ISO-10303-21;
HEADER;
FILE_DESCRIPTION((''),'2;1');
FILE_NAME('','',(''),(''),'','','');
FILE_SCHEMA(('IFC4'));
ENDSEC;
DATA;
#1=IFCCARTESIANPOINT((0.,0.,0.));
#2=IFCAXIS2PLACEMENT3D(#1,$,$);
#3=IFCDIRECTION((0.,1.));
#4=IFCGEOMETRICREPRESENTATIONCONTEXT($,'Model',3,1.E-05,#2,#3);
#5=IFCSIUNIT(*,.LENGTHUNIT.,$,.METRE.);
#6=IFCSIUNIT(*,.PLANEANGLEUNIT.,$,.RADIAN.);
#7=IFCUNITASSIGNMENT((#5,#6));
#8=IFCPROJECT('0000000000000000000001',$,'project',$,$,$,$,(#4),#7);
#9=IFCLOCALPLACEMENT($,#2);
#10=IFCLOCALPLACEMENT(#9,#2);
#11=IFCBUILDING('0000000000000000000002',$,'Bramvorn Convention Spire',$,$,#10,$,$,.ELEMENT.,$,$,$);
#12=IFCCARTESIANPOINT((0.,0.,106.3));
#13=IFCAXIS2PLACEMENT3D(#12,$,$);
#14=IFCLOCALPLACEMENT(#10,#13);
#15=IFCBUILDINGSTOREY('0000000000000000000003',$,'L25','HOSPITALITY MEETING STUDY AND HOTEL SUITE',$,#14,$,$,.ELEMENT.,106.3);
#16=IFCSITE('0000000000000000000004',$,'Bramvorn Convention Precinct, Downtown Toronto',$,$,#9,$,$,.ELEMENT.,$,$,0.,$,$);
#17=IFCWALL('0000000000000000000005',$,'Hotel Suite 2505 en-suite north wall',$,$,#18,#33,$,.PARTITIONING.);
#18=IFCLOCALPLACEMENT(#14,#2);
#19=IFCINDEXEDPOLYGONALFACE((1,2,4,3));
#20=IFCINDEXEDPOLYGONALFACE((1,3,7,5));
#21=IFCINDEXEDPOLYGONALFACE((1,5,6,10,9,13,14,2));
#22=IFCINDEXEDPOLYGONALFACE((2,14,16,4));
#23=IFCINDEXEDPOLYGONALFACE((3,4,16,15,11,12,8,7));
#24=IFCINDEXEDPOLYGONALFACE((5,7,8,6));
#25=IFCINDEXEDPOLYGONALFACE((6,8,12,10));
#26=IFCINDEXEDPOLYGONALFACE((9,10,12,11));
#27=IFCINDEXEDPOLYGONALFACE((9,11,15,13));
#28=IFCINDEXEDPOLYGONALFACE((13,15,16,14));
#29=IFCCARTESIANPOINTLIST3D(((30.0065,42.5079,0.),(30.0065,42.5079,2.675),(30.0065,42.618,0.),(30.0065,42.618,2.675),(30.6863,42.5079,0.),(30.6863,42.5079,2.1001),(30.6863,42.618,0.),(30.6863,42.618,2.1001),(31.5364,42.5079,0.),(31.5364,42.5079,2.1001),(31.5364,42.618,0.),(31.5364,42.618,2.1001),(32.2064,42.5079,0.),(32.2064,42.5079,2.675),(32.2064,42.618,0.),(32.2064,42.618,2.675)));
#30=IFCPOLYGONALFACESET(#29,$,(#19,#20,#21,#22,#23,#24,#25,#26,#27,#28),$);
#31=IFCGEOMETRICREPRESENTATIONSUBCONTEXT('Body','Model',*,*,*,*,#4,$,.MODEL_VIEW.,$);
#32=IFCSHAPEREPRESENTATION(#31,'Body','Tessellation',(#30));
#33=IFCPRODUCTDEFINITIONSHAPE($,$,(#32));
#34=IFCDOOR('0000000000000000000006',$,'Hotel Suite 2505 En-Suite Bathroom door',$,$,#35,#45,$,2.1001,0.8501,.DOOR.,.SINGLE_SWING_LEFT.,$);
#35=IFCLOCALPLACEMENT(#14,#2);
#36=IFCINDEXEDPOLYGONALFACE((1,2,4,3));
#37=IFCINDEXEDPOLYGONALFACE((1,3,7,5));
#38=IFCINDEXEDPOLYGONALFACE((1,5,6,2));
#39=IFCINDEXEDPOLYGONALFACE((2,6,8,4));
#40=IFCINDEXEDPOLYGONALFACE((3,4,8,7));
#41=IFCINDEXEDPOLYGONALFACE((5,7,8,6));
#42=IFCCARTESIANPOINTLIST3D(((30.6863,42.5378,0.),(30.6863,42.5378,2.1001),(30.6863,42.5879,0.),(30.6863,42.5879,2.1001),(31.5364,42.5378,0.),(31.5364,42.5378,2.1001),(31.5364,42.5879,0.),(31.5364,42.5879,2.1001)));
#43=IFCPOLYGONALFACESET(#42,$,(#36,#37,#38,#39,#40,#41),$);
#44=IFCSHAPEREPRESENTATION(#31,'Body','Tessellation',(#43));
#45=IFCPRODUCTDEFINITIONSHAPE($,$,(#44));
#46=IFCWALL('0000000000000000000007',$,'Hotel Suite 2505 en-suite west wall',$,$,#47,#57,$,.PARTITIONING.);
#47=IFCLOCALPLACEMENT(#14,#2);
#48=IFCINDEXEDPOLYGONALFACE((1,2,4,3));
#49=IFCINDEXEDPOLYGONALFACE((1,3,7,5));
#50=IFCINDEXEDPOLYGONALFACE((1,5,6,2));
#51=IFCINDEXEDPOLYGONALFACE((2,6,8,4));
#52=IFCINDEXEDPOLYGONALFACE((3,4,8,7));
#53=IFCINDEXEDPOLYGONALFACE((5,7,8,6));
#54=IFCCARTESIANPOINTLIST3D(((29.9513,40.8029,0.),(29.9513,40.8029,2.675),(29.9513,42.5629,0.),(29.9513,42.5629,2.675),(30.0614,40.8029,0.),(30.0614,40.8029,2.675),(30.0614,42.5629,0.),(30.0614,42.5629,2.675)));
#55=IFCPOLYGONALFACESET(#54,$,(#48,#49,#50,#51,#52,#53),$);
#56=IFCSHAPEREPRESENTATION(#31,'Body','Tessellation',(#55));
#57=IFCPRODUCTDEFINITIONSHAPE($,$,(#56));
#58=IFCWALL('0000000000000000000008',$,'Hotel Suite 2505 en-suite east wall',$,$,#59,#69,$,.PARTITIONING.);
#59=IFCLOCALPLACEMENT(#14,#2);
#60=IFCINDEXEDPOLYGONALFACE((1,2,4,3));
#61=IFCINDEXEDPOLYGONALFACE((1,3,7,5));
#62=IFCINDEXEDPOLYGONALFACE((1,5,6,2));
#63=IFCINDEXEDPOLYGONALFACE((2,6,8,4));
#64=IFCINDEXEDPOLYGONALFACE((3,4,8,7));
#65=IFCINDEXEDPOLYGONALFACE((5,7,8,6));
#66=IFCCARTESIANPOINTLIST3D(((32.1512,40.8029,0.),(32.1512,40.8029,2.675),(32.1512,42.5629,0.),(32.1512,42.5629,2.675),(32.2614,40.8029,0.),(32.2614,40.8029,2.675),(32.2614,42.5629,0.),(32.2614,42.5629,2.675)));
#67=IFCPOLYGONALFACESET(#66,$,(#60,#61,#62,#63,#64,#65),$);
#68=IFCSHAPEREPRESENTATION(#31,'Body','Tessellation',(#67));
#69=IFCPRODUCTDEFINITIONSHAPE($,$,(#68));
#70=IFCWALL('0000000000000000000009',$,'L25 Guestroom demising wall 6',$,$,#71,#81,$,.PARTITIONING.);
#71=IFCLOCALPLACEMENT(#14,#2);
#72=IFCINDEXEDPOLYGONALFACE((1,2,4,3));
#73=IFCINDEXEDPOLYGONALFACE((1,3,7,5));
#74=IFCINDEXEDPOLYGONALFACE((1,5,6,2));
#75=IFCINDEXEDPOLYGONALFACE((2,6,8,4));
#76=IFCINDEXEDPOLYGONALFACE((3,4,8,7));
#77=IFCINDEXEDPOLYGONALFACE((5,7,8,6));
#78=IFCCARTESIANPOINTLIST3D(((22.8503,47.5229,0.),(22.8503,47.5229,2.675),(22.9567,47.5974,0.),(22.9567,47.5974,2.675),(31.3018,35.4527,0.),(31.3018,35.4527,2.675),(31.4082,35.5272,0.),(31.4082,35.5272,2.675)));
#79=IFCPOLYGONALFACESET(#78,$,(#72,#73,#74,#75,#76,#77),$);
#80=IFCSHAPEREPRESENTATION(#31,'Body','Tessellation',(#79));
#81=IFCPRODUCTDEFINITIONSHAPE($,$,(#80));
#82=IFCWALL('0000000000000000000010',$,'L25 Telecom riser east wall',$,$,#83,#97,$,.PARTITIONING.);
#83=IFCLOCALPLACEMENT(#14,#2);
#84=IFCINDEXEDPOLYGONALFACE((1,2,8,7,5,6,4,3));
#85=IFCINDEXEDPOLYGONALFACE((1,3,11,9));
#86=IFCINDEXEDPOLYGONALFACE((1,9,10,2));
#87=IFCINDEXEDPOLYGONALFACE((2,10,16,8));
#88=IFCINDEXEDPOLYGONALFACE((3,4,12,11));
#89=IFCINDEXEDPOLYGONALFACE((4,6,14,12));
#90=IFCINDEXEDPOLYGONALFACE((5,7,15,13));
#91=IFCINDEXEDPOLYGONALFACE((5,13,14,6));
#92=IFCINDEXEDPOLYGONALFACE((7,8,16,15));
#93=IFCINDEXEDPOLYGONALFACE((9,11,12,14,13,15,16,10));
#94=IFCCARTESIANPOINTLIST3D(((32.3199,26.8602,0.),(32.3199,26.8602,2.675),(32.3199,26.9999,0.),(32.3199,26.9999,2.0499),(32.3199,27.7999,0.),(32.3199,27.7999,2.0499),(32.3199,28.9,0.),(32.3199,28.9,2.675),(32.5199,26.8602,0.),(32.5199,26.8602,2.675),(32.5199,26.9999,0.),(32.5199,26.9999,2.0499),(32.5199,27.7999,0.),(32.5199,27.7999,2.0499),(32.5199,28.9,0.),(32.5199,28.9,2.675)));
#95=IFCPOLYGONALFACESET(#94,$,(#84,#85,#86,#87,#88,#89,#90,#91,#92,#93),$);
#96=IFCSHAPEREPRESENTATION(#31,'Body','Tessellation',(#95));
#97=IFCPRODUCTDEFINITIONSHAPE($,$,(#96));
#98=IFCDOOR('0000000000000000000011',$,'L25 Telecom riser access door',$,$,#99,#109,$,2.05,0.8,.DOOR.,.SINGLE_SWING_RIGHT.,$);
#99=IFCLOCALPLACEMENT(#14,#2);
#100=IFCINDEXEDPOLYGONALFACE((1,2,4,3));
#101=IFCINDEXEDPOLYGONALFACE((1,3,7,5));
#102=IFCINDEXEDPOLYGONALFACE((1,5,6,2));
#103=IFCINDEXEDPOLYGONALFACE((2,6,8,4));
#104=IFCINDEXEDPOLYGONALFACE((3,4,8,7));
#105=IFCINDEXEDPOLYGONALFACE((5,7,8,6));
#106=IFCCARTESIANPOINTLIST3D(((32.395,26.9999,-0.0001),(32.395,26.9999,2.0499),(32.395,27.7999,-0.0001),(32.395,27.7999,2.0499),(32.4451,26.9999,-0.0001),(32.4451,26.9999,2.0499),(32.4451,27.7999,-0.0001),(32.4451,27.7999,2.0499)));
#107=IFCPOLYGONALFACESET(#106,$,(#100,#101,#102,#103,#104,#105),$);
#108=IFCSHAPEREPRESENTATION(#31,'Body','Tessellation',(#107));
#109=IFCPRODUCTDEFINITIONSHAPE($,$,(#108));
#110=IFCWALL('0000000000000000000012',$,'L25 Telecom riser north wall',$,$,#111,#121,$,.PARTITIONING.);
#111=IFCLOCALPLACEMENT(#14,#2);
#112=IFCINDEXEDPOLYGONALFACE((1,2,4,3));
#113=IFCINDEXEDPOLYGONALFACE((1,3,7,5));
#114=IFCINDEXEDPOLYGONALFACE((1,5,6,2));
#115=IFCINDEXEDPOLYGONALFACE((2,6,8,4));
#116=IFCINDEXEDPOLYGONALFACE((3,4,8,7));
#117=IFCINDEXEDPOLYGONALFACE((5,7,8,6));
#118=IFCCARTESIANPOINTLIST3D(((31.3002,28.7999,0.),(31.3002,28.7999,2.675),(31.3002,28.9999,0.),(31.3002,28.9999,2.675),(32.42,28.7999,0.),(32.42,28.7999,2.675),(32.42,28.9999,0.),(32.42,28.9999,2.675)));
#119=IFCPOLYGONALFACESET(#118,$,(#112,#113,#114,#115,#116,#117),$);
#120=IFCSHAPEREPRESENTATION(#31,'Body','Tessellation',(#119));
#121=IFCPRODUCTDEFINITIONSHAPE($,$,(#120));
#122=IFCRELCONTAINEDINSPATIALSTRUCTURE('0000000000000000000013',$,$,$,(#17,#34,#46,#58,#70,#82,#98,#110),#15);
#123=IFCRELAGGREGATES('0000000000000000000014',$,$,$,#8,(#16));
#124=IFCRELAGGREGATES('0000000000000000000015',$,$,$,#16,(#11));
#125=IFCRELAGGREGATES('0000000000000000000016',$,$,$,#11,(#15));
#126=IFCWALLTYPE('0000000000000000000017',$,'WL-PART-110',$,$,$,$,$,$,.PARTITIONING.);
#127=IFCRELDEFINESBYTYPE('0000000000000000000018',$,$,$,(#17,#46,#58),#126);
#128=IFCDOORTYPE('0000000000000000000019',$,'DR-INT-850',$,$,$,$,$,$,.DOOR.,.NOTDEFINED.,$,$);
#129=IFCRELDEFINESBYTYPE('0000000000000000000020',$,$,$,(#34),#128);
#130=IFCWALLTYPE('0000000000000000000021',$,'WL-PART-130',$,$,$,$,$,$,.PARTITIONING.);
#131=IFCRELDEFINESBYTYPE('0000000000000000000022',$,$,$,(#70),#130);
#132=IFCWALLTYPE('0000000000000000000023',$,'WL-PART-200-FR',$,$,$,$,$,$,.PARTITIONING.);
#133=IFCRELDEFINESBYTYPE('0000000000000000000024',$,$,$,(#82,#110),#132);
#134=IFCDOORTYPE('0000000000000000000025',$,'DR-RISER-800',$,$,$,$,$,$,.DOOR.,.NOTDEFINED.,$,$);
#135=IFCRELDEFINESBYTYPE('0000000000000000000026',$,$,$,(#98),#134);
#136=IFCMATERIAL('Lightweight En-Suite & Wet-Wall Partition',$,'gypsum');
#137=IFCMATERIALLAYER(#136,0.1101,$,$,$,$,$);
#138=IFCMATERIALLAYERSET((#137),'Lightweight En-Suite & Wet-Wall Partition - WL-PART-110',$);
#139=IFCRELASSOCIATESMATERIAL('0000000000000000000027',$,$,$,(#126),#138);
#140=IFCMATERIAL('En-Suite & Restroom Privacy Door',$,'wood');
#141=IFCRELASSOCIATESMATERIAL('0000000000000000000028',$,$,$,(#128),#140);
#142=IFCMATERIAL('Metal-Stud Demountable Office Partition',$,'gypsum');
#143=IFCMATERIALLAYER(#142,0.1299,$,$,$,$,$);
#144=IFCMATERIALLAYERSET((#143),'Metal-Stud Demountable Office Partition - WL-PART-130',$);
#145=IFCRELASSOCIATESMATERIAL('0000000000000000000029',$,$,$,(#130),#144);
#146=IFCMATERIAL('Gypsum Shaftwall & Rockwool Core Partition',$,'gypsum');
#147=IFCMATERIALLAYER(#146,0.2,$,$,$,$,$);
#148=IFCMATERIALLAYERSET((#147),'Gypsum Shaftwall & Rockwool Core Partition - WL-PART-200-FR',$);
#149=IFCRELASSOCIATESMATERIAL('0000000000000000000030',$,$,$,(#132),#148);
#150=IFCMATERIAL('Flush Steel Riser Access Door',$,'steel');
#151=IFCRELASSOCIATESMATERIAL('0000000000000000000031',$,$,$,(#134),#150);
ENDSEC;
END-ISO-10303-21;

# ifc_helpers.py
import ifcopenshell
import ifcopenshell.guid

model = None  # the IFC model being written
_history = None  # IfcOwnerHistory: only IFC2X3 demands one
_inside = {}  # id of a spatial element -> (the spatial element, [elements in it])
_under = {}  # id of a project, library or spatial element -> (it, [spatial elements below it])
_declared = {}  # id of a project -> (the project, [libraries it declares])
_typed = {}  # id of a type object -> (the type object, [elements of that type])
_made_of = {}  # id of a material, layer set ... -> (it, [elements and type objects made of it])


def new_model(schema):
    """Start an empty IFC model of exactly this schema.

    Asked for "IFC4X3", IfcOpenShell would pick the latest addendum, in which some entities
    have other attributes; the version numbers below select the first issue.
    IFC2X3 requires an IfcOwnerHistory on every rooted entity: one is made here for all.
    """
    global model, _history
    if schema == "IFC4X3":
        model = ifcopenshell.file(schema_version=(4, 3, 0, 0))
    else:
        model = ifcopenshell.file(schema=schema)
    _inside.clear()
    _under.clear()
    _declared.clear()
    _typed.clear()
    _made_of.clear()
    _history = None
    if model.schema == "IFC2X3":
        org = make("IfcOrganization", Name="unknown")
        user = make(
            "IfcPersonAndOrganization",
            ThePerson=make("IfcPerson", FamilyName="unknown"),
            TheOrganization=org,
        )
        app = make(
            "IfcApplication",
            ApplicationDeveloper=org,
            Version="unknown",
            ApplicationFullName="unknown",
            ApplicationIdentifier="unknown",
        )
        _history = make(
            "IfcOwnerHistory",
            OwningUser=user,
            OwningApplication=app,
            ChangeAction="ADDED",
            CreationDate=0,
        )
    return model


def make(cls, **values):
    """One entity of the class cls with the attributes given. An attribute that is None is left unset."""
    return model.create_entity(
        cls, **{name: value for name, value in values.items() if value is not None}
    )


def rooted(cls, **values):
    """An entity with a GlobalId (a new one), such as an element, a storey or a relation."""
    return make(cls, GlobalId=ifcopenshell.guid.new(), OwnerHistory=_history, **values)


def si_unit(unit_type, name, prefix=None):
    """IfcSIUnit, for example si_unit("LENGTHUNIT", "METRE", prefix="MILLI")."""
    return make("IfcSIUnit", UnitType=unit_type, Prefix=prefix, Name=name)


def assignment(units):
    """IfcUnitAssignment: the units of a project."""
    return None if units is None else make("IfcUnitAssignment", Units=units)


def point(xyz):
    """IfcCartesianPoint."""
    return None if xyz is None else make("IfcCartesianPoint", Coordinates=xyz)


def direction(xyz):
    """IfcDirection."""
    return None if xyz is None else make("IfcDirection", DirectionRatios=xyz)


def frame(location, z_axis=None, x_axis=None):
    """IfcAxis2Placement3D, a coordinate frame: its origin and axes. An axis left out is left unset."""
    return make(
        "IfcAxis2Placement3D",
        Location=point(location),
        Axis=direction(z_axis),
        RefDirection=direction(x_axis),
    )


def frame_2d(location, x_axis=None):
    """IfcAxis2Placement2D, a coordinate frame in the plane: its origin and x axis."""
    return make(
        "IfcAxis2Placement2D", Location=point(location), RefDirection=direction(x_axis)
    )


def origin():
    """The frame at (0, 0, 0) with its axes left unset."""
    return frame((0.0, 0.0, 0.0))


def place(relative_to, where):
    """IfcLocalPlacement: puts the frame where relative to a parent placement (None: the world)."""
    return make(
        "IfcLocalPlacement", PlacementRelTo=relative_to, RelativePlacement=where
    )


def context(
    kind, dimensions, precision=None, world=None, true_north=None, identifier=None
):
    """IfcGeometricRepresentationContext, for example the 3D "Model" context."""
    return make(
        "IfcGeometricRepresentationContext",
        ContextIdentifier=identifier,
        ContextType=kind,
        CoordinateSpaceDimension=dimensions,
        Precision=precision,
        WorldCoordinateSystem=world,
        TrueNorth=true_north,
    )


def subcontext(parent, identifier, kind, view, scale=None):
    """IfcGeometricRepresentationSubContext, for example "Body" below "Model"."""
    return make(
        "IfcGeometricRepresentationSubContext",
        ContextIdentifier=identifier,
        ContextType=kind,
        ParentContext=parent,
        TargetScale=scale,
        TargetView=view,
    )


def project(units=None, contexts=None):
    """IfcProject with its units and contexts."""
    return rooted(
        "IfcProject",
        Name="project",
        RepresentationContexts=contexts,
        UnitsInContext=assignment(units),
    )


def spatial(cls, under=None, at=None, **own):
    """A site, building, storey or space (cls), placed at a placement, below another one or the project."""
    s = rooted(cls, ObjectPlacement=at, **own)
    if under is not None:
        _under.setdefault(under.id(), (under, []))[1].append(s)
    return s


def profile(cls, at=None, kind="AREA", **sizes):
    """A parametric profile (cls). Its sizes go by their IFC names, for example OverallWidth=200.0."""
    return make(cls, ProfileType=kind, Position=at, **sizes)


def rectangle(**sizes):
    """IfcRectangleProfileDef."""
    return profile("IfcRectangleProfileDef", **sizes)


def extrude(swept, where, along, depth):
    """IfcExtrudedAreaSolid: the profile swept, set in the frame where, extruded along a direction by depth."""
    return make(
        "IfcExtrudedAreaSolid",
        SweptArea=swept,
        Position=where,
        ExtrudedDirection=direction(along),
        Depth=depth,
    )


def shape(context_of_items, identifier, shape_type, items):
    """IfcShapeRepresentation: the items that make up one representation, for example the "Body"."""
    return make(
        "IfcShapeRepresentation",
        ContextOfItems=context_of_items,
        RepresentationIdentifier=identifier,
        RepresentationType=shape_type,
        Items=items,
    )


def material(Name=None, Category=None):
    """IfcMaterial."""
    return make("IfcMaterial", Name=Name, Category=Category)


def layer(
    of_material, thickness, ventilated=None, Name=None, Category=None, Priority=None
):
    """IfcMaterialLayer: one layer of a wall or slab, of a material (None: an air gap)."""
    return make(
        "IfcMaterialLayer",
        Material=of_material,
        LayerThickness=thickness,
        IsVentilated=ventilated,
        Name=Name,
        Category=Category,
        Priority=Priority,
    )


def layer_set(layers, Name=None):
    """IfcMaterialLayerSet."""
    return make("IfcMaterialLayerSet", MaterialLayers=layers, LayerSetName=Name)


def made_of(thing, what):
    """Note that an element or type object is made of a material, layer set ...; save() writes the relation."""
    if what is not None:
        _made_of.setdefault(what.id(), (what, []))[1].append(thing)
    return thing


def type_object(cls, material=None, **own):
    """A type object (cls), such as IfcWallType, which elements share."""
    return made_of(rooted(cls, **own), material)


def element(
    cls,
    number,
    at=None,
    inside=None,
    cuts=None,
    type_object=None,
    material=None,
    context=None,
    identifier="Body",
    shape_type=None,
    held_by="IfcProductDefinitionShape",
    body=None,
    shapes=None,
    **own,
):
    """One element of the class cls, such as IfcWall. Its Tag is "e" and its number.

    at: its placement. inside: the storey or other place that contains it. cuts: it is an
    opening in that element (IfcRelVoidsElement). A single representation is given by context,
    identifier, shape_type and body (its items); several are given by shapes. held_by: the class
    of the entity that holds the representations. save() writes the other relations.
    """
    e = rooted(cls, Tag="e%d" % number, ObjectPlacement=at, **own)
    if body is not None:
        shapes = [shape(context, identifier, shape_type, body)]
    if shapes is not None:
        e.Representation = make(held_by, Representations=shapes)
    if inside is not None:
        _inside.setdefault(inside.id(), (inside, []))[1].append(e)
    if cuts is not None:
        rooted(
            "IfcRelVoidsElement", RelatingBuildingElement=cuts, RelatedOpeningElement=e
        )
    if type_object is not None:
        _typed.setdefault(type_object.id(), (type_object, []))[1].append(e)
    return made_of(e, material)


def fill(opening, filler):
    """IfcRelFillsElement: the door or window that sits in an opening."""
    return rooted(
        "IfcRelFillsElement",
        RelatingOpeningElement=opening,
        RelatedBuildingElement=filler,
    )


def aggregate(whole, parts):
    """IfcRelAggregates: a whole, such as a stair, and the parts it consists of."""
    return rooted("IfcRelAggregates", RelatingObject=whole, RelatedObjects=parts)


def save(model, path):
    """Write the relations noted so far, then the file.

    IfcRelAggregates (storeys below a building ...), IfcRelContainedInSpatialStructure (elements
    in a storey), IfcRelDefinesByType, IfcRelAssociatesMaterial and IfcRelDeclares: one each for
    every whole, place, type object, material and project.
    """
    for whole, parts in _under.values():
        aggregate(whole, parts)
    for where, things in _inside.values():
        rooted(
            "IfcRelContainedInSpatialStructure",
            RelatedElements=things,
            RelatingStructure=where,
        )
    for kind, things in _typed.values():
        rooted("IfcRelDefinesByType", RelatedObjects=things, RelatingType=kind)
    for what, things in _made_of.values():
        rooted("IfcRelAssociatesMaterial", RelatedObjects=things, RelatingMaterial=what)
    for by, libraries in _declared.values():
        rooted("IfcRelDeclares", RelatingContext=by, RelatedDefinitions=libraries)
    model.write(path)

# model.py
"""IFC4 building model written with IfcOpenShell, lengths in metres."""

from ifc_helpers import new_model, si_unit, direction, frame, frame_2d, origin, place, context, subcontext, project, spatial, rectangle, extrude, material, layer, layer_set, type_object, element, fill, save


model = new_model("IFC4")

# Units and contexts
model_context = context("Model", 3, precision=1e-05, world=origin(), true_north=direction((0.0, 1.0)))
body_context = subcontext(model_context, "Body", "Model", "MODEL_VIEW")
ifc_project = project(units=[si_unit("LENGTHUNIT", "METRE"), si_unit("PLANEANGLEUNIT", "RADIAN")], contexts=[model_context])

# Site, building, storey
site_placement = place(None, origin())
site = spatial("IfcSite", under=ifc_project, at=site_placement, Name="Bramvorn Convention Precinct, Downtown Toronto", CompositionType="ELEMENT", RefElevation=0.0)
building_placement = place(site_placement, origin())
building = spatial("IfcBuilding", under=site, at=building_placement, Name="Bramvorn Convention Spire", CompositionType="ELEMENT")
storey_placement = place(building_placement, frame((0.0, 0.0, 106.3)))
storey = spatial("IfcBuildingStorey", under=building, at=storey_placement, Name="L25", Description="HOSPITALITY MEETING STUDY AND HOTEL SUITE", CompositionType="ELEMENT", Elevation=106.3)

# Shared definitions
ifc_material_1 = material(Name="Lightweight En-Suite & Wet-Wall Partition", Category="gypsum")
ifc_layer_1 = layer(ifc_material_1, 0.1101)
ifc_layer_set_1 = layer_set([ifc_layer_1], Name="Lightweight En-Suite & Wet-Wall Partition - WL-PART-110")
wall_type_1 = type_object("IfcWallType", Name="WL-PART-110", PredefinedType="PARTITIONING", material=ifc_layer_set_1)

# Wall, opening, door
wall_1_placement = place(storey_placement, frame((30.0063, 42.563, 0.0), z_axis=(0.0, 0.0, 1.0), x_axis=(1.0, 0.0, 0.0)))
wall_1 = element("IfcWall", 1, at=wall_1_placement, inside=storey, type_object=wall_type_1, Name="Hotel Suite 2505 en-suite north wall", PredefinedType="PARTITIONING", context=body_context, shape_type="SweptSolid", body=[
    extrude(rectangle(XDim=2.2, YDim=0.1101, at=frame_2d((1.1001, 0.0))), origin(), (0.0, 0.0, 1.0), 2.675),
])
opening_1_placement = place(wall_1_placement, frame((0.6799, 0.0, 0.0)))
opening_1 = element("IfcOpeningElement", 2, at=opening_1_placement, cuts=wall_1, PredefinedType="OPENING", context=body_context, shape_type="SweptSolid", body=[
    extrude(rectangle(XDim=0.8501, YDim=2.1001, at=frame_2d((0.425, 1.05))), frame((0.0, 0.0649, 0.0), z_axis=(0.0, -1.0, 0.0), x_axis=(1.0, 0.0, 0.0)), (0.0, 0.0, 1.0), 0.1301),
])
ifc_material_2 = material(Name="En-Suite & Restroom Privacy Door", Category="wood")
door_type_1 = type_object("IfcDoorType", Name="DR-INT-850", OperationType="NOTDEFINED", PredefinedType="DOOR", material=ifc_material_2)
door_1_placement = place(opening_1_placement, origin())
door_1 = element("IfcDoor", 3, at=door_1_placement, inside=storey, type_object=door_type_1, Name="Hotel Suite 2505 En-Suite Bathroom door", OperationType="SINGLE_SWING_LEFT", OverallHeight=2.1001, OverallWidth=0.8501, PredefinedType="DOOR", context=body_context, shape_type="SweptSolid", body=[
    extrude(rectangle(XDim=0.8501, YDim=2.1001, at=frame_2d((0.425, 1.05))), frame((0.0, 0.0249, 0.0), z_axis=(0.0, -1.0, 0.0), x_axis=(1.0, 0.0, 0.0)), (0.0, 0.0, 1.0), 0.05),
])
fill(opening_1, door_1)

# Walls
for number, where, z_axis, x_axis, name in (
    (4, (30.0063, 40.803, 0.0), (0.0, 0.0, 1.0), (0.0, 1.0, 0.0), "Hotel Suite 2505 en-suite west wall"),
    (5, (32.2063, 40.803, 0.0), (0.0, 0.0, 1.0), (0.0, 1.0, 0.0), "Hotel Suite 2505 en-suite east wall"),
):
    element("IfcWall", number, at=place(storey_placement, frame(where, z_axis=z_axis, x_axis=x_axis)), inside=storey, type_object=wall_type_1, Name=name, PredefinedType="PARTITIONING", context=body_context, shape_type="SweptSolid", body=[
        extrude(rectangle(XDim=1.76, YDim=0.1101, at=frame_2d((0.8799, 0.0))), origin(), (0.0, 0.0, 1.0), 2.675),
    ])
ifc_material_3 = material(Name="Metal-Stud Demountable Office Partition", Category="gypsum")
ifc_layer_2 = layer(ifc_material_3, 0.1299)
ifc_layer_set_2 = layer_set([ifc_layer_2], Name="Metal-Stud Demountable Office Partition - WL-PART-130")
wall_type_2 = type_object("IfcWallType", Name="WL-PART-130", PredefinedType="PARTITIONING", material=ifc_layer_set_2)
wall_2_placement = place(storey_placement, frame((31.355, 35.49, 0.0), z_axis=(0.0, 0.0, 1.0), x_axis=(-0.57357, 0.819156, 0.0)))
element("IfcWall", 6, at=wall_2_placement, inside=storey, type_object=wall_type_2, Name="L25 Guestroom demising wall 6", PredefinedType="PARTITIONING", context=body_context, shape_type="SweptSolid", body=[
    extrude(rectangle(XDim=14.7349, YDim=0.1299, at=frame_2d((7.3674, 0.0))), origin(), (0.0, 0.0, 1.0), 2.675),
])

# Wall, opening, door
ifc_material_4 = material(Name="Gypsum Shaftwall & Rockwool Core Partition", Category="gypsum")
ifc_layer_3 = layer(ifc_material_4, 0.2)
ifc_layer_set_3 = layer_set([ifc_layer_3], Name="Gypsum Shaftwall & Rockwool Core Partition - WL-PART-200-FR")
wall_type_3 = type_object("IfcWallType", Name="WL-PART-200-FR", PredefinedType="PARTITIONING", material=ifc_layer_set_3)
wall_3_placement = place(storey_placement, frame((32.4199, 26.8601, 0.0), z_axis=(0.0, 0.0, 1.0), x_axis=(0.0, 1.0, 0.0)))
wall_3 = element("IfcWall", 7, at=wall_3_placement, inside=storey, type_object=wall_type_3, Name="L25 Telecom riser east wall", PredefinedType="PARTITIONING", context=body_context, shape_type="SweptSolid", body=[
    extrude(rectangle(XDim=2.0398, YDim=0.2, at=frame_2d((1.02, 0.0))), origin(), (0.0, 0.0, 1.0), 2.675),
])
opening_2_placement = place(wall_3_placement, frame((0.1399, 0.0, 0.0)))
opening_2 = element("IfcOpeningElement", 8, at=opening_2_placement, cuts=wall_3, PredefinedType="OPENING", context=body_context, shape_type="SweptSolid", body=[
    extrude(rectangle(XDim=0.8, YDim=2.05, at=frame_2d((0.3999, 1.0249))), frame((0.0, 0.1099, 0.0), z_axis=(0.0, -1.0, 0.0), x_axis=(1.0, 0.0, 0.0)), (0.0, 0.0, 1.0), 0.22),
])
ifc_material_5 = material(Name="Flush Steel Riser Access Door", Category="steel")
door_type_2 = type_object("IfcDoorType", Name="DR-RISER-800", OperationType="NOTDEFINED", PredefinedType="DOOR", material=ifc_material_5)
door_2_placement = place(opening_2_placement, origin())
door_2 = element("IfcDoor", 9, at=door_2_placement, inside=storey, type_object=door_type_2, Name="L25 Telecom riser access door", OperationType="SINGLE_SWING_RIGHT", OverallHeight=2.05, OverallWidth=0.8, PredefinedType="DOOR", context=body_context, shape_type="SweptSolid", body=[
    extrude(rectangle(XDim=0.8, YDim=2.05, at=frame_2d((0.3999, 1.0249))), frame((0.0, 0.0249, 0.0), z_axis=(0.0, -1.0, 0.0), x_axis=(1.0, 0.0, 0.0)), (0.0, 0.0, 1.0), 0.05),
])
fill(opening_2, door_2)

# Wall
wall_4_placement = place(storey_placement, frame((31.3, 28.8999, 0.0), z_axis=(0.0, 0.0, 1.0), x_axis=(1.0, 0.0, 0.0)))
element("IfcWall", 10, at=wall_4_placement, inside=storey, type_object=wall_type_3, Name="L25 Telecom riser north wall", PredefinedType="PARTITIONING", context=body_context, shape_type="SweptSolid", body=[
    extrude(rectangle(XDim=1.1199, YDim=0.2, at=frame_2d((0.5601, 0.0))), origin(), (0.0, 0.0, 1.0), 2.675),
])

save(model, "model.ifc")
